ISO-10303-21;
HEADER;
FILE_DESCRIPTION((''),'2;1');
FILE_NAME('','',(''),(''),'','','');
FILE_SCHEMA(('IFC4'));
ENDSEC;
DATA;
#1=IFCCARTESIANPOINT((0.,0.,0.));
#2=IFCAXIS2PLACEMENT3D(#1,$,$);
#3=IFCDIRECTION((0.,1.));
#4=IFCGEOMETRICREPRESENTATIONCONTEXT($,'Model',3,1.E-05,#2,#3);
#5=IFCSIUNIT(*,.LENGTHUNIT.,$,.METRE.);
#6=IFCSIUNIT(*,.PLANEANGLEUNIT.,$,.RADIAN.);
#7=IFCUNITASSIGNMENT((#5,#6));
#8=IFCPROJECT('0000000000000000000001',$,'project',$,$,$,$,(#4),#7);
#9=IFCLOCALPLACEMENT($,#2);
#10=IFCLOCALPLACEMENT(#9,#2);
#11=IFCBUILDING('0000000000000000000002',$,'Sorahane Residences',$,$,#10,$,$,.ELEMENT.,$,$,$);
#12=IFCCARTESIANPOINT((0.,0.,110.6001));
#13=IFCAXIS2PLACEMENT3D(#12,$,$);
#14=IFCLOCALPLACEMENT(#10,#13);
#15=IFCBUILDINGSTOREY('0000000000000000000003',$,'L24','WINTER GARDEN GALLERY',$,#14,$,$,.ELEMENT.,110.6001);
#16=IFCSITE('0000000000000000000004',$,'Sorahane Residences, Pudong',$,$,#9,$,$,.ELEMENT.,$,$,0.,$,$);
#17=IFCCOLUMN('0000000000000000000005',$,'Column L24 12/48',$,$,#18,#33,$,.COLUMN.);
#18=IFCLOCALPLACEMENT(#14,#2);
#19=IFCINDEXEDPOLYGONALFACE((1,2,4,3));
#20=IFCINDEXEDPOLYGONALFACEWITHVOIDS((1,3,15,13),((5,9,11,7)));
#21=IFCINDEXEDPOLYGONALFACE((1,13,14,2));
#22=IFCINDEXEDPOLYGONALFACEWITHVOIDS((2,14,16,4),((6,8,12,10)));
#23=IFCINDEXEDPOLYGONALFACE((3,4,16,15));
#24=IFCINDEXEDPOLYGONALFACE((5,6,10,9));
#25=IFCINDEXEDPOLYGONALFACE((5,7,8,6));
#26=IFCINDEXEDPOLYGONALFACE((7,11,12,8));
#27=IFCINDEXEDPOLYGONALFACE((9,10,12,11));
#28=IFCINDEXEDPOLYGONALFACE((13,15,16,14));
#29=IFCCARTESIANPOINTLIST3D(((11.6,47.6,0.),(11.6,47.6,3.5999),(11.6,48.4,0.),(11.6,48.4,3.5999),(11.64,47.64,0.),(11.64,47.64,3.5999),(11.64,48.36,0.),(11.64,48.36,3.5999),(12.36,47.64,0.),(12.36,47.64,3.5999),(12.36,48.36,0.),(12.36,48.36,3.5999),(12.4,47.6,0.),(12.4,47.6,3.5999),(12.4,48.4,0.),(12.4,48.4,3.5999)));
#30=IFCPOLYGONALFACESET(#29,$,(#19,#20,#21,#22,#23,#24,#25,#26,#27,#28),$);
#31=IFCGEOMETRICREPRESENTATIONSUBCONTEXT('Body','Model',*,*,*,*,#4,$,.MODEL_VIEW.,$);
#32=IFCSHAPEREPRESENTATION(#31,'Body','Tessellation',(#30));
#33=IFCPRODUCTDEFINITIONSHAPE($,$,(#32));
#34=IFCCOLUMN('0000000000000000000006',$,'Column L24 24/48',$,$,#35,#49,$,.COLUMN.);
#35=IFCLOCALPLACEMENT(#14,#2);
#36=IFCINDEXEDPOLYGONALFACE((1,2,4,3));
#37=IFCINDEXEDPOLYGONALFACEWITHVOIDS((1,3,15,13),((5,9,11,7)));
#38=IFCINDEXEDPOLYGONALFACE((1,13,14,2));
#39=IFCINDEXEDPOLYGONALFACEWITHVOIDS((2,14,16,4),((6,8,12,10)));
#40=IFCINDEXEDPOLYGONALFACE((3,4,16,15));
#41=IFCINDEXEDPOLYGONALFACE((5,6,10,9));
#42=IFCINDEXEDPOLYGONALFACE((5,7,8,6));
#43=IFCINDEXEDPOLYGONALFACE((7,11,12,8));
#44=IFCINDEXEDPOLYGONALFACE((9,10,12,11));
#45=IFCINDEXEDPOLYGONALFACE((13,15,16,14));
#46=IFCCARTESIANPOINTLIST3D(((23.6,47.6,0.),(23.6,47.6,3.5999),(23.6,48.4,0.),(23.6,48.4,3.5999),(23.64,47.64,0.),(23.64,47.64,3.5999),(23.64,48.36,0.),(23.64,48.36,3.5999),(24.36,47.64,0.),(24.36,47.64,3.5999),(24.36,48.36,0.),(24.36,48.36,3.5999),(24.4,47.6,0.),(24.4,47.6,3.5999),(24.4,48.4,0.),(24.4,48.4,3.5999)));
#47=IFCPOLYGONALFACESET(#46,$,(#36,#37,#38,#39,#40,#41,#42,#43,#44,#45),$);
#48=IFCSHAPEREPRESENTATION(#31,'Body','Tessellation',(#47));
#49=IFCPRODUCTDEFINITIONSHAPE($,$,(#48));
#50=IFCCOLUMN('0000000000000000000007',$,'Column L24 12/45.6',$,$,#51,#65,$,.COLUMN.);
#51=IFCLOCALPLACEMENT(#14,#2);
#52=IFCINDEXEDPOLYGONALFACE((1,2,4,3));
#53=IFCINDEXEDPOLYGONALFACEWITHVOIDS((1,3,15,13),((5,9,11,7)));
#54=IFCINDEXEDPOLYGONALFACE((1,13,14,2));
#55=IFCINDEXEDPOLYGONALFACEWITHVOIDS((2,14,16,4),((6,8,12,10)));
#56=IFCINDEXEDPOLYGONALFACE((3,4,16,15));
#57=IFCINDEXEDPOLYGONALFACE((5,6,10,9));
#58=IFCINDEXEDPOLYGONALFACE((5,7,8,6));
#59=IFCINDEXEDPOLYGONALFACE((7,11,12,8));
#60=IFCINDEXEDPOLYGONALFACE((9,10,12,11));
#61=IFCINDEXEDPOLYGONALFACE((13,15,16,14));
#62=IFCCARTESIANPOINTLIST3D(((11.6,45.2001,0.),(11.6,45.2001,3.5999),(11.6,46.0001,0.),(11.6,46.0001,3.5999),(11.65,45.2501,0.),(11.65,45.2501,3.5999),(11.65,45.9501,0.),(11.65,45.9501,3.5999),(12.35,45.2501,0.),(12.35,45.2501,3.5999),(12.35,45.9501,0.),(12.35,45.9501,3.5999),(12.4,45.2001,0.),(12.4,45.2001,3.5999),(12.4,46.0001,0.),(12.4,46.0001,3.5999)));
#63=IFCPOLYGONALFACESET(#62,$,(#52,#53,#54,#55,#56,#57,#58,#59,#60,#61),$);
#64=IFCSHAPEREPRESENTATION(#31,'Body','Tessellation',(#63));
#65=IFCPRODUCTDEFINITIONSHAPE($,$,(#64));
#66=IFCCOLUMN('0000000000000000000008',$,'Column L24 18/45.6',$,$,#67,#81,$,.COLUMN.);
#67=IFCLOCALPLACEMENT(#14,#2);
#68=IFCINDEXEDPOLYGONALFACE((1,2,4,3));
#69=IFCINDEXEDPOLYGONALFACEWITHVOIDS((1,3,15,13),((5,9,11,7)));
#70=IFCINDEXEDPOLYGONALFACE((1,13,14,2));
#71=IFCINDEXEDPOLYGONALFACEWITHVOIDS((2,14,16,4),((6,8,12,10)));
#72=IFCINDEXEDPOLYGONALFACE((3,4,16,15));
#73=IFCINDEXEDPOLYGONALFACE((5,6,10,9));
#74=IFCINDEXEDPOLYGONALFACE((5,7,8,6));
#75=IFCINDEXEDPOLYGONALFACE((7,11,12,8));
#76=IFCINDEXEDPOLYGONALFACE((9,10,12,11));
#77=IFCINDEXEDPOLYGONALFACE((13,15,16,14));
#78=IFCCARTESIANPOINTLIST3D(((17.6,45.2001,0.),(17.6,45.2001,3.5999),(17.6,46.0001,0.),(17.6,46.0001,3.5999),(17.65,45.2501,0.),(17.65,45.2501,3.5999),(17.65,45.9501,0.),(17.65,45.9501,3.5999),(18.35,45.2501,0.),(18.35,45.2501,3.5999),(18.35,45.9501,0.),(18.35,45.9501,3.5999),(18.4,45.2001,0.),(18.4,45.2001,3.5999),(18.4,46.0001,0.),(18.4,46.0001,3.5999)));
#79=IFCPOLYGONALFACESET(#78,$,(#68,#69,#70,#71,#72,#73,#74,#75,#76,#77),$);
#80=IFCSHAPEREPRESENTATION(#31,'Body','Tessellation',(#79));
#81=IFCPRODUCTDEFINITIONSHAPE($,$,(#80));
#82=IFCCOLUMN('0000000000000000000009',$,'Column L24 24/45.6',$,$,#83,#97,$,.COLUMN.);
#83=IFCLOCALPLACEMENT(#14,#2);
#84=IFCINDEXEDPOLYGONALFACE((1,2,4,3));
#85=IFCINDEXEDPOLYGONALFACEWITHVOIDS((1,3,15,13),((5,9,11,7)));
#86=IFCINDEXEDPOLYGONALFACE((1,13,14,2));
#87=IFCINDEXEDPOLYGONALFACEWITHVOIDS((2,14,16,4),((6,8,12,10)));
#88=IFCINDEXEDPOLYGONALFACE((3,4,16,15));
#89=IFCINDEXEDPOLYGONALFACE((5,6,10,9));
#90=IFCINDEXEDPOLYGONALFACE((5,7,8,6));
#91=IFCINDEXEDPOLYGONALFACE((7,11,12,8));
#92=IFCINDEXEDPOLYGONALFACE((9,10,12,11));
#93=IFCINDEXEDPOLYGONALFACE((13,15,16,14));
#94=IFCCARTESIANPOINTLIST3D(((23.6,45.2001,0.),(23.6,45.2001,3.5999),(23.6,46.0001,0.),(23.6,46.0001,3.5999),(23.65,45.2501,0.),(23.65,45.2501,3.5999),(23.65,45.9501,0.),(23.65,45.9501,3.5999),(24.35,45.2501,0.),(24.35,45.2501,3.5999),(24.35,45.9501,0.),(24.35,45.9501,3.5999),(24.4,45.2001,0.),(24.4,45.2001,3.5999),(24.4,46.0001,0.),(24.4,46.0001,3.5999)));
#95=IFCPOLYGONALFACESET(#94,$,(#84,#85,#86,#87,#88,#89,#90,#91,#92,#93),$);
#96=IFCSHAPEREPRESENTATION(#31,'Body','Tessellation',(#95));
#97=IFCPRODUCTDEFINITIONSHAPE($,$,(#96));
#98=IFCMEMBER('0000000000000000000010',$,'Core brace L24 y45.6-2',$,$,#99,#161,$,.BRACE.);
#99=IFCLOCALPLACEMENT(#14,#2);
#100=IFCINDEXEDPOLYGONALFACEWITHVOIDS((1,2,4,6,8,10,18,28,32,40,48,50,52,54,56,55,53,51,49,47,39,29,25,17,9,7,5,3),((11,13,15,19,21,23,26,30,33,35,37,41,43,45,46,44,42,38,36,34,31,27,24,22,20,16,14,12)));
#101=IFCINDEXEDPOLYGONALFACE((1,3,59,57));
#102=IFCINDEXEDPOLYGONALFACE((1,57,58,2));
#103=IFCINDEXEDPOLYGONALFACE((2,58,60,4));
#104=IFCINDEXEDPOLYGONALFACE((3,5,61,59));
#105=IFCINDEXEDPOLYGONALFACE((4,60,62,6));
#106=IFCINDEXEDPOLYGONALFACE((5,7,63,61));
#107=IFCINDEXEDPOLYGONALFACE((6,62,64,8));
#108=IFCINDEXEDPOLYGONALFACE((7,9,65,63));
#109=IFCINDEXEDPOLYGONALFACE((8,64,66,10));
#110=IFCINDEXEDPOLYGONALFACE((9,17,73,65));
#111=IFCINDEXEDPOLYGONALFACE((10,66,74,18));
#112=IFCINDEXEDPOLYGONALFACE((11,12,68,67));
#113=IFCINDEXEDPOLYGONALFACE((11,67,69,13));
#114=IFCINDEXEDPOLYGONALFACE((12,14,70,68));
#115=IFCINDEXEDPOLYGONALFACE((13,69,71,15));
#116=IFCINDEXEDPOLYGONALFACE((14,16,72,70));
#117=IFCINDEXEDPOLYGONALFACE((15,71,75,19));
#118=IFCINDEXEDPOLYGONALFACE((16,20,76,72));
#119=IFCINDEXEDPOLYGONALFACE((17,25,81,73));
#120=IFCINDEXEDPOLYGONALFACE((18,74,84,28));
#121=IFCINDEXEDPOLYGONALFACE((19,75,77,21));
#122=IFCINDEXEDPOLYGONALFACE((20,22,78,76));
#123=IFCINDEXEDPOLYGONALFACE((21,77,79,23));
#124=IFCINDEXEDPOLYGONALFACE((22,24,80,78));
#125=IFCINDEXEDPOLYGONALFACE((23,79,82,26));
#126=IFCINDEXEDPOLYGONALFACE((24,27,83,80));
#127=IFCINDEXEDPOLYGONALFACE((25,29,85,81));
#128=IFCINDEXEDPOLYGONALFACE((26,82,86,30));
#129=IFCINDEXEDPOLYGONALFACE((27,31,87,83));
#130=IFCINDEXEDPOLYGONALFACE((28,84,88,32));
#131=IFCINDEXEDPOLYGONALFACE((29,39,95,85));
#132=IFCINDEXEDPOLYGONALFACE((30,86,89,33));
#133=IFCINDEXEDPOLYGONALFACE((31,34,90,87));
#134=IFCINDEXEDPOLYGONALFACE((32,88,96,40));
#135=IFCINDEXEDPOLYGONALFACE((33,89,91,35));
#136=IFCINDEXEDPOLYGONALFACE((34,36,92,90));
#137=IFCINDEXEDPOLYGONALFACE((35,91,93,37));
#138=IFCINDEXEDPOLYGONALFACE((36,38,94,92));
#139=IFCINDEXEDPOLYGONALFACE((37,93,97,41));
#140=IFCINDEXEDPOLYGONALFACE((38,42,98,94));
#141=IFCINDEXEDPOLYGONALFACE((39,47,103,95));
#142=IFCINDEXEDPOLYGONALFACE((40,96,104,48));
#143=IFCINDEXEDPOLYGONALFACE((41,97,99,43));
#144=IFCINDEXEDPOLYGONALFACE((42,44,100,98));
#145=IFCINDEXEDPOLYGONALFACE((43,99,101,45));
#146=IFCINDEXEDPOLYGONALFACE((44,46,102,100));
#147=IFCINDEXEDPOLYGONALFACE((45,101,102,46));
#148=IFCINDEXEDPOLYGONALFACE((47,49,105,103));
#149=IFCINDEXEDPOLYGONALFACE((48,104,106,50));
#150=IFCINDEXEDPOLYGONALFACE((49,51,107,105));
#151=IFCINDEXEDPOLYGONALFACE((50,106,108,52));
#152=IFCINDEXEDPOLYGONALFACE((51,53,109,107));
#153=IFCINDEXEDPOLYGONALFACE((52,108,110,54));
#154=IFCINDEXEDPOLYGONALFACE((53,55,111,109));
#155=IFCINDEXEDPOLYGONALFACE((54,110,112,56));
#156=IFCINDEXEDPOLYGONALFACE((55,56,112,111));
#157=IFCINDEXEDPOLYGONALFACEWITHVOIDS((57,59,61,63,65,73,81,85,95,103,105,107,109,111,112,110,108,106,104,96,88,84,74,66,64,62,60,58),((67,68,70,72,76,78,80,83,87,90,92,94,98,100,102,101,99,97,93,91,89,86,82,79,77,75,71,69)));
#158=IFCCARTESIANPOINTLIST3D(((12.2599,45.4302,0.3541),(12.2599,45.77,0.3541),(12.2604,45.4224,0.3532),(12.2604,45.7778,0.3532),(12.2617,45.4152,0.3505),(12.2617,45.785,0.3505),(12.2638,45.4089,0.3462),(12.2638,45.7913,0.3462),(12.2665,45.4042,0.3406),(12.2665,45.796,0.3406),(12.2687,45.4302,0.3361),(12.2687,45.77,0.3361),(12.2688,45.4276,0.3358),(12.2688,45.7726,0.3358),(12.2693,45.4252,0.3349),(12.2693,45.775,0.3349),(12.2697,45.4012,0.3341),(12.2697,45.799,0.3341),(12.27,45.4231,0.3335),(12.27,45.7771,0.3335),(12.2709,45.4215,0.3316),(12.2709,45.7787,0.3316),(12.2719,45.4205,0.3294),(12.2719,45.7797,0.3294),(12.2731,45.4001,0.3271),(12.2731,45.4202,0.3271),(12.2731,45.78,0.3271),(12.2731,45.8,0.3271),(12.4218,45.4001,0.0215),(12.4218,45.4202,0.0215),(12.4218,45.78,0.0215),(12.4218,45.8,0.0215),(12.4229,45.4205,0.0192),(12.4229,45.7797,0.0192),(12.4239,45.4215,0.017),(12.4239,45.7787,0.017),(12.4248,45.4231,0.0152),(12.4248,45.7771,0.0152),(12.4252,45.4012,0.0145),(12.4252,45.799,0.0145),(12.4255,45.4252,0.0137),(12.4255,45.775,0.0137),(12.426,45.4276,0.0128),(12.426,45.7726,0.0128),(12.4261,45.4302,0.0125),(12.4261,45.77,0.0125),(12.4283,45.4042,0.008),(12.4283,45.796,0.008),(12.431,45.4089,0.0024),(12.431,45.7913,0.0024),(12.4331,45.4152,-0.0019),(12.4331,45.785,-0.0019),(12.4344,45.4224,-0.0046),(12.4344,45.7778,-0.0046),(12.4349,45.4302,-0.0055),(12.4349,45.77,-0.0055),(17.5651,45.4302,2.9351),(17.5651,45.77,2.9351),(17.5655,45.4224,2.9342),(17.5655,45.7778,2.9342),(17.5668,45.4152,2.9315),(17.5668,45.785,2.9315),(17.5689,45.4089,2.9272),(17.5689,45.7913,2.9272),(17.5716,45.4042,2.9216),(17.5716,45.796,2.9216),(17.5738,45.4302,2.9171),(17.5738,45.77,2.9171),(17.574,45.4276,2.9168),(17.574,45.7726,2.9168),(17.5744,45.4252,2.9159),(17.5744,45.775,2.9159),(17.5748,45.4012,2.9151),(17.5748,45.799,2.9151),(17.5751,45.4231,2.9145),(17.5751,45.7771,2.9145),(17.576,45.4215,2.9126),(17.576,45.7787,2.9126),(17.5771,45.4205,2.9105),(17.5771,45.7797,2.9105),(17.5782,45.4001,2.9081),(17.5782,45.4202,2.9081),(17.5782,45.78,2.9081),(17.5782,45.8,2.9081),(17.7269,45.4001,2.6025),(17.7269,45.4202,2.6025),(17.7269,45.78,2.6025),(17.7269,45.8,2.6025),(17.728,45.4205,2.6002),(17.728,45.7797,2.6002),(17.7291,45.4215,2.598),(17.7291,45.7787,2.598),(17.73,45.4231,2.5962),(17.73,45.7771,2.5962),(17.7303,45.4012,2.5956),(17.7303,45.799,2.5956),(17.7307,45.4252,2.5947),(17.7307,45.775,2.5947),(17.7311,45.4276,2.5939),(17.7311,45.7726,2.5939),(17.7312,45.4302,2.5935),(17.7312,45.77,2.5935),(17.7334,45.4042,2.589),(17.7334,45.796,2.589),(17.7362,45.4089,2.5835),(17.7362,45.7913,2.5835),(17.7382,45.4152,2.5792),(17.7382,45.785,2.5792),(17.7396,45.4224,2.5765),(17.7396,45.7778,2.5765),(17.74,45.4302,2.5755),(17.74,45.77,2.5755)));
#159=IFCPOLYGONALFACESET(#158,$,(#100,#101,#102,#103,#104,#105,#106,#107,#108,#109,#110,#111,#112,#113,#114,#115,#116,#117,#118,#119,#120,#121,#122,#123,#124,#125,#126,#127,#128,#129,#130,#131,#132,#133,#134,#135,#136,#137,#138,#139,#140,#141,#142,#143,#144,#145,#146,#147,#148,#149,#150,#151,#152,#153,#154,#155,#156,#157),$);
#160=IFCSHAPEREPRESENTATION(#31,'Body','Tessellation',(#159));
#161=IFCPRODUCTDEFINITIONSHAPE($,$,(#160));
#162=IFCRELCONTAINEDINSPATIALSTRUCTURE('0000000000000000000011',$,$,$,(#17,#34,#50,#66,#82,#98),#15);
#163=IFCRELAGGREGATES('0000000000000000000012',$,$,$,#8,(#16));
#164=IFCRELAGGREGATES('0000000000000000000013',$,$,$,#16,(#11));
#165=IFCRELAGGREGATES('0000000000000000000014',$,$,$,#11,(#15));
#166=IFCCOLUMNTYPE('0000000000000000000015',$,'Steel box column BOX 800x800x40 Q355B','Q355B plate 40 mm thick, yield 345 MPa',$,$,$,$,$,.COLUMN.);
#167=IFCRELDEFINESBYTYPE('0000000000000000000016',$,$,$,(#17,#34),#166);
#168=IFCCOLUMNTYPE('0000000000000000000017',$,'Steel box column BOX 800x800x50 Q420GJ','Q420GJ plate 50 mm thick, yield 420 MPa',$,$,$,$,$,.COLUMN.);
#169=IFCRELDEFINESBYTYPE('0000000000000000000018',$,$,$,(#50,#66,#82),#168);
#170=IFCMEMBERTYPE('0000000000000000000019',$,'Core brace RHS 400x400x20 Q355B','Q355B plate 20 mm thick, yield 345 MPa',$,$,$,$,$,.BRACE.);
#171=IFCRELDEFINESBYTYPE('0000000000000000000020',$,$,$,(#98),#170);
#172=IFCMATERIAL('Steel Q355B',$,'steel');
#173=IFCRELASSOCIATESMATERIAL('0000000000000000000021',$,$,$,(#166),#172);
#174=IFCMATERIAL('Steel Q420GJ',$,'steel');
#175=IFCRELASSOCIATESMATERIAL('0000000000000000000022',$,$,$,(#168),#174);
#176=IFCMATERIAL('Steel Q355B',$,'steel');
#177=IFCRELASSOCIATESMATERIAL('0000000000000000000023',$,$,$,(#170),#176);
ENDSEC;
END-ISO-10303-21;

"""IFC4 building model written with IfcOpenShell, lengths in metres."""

from ifc_helpers import new_model, si_unit, direction, frame, origin, origin_2d, place, context, subcontext, project, spatial, hollow_rectangle, extrude, material, material_profile, profile_set, type_object, element, save


model = new_model("IFC4")

# Units and contexts
model_context = context("Model", 3, precision=1e-05, world=origin(), true_north=direction((0.0, 1.0)))
body_context = subcontext(model_context, "Body", "Model", "MODEL_VIEW")
ifc_project = project(units=[si_unit("LENGTHUNIT", "METRE"), si_unit("PLANEANGLEUNIT", "RADIAN")], contexts=[model_context])

# Site, building, storey
site_placement = place(None, origin())
site = spatial("IfcSite", under=ifc_project, at=site_placement, Name="Sorahane Residences, Pudong", CompositionType="ELEMENT", RefElevation=0.0)
building_placement = place(site_placement, origin())
building = spatial("IfcBuilding", under=site, at=building_placement, Name="Sorahane Residences", CompositionType="ELEMENT")
storey_placement = place(building_placement, frame((0.0, 0.0, 110.6001)))
storey = spatial("IfcBuildingStorey", under=building, at=storey_placement, Name="L24", Description="WINTER GARDEN GALLERY", CompositionType="ELEMENT", Elevation=110.6001)

# Columns
ifc_material_1 = material(Name="Steel Q355B", Category="steel")
ifc_material_profile_1 = material_profile(ifc_material_1, hollow_rectangle(XDim=0.8, YDim=0.8, WallThickness=0.04, at=origin_2d()), Name="BOX 800x800x40")
ifc_profile_set_1 = profile_set([ifc_material_profile_1], Name="Steel Q355B")
column_type_1 = type_object("IfcColumnType", Name="Steel box column BOX 800x800x40 Q355B", Description="Q355B plate 40 mm thick, yield 345 MPa", PredefinedType="COLUMN", material=ifc_profile_set_1)
for number, where, z_axis, x_axis, name in (
    (1, (12.0, 48.0, 0.0), (0.0, 0.0, 1.0), (1.0, 0.0, 0.0), "Column L24 12/48"),
    (2, (24.0, 48.0, 0.0), (0.0, 0.0, 1.0), (1.0, 0.0, 0.0), "Column L24 24/48"),
):
    element("IfcColumn", number, at=place(storey_placement, frame(where, z_axis=z_axis, x_axis=x_axis)), inside=storey, type_object=column_type_1, Name=name, PredefinedType="COLUMN", context=body_context, shape_type="SweptSolid", body=[
        extrude(hollow_rectangle(XDim=0.8, YDim=0.8, WallThickness=0.04, at=origin_2d()), origin(), (0.0, 0.0, 1.0), 3.5999),
    ])
ifc_material_2 = material(Name="Steel Q420GJ", Category="steel")
ifc_material_profile_2 = material_profile(ifc_material_2, hollow_rectangle(XDim=0.8, YDim=0.8, WallThickness=0.05, at=origin_2d()), Name="BOX 800x800x50")
ifc_profile_set_2 = profile_set([ifc_material_profile_2], Name="Steel Q420GJ")
column_type_2 = type_object("IfcColumnType", Name="Steel box column BOX 800x800x50 Q420GJ", Description="Q420GJ plate 50 mm thick, yield 420 MPa", PredefinedType="COLUMN", material=ifc_profile_set_2)
for number, where, z_axis, x_axis, name in (
    (3, (12.0, 45.6001, 0.0), (0.0, 0.0, 1.0), (1.0, 0.0, 0.0), "Column L24 12/45.6"),
    (4, (18.0, 45.6001, 0.0), (0.0, 0.0, 1.0), (1.0, 0.0, 0.0), "Column L24 18/45.6"),
    (5, (24.0, 45.6001, 0.0), (0.0, 0.0, 1.0), (1.0, 0.0, 0.0), "Column L24 24/45.6"),
):
    element("IfcColumn", number, at=place(storey_placement, frame(where, z_axis=z_axis, x_axis=x_axis)), inside=storey, type_object=column_type_2, Name=name, PredefinedType="COLUMN", context=body_context, shape_type="SweptSolid", body=[
        extrude(hollow_rectangle(XDim=0.8, YDim=0.8, WallThickness=0.05, at=origin_2d()), origin(), (0.0, 0.0, 1.0), 3.5999),
    ])

# Member
ifc_material_3 = material(Name="Steel Q355B", Category="steel")
ifc_material_profile_3 = material_profile(ifc_material_3, hollow_rectangle(XDim=0.3999, YDim=0.3999, WallThickness=0.02, InnerFilletRadius=0.01, OuterFilletRadius=0.03, at=origin_2d()), Name="RHS 400x400x20")
ifc_profile_set_3 = profile_set([ifc_material_profile_3], Name="Steel Q355B")
member_type_1 = type_object("IfcMemberType", Name="Core brace RHS 400x400x20 Q355B", Description="Q355B plate 20 mm thick, yield 345 MPa", PredefinedType="BRACE", material=ifc_profile_set_3)
for number, where, z_axis, x_axis, name in (
    (6, (12.3474, 45.6001, 0.1743), (0.899225, 0.0, 0.437487), (0.0, 1.0, 0.0), "Core brace L24 y45.6-2"),
):
    element("IfcMember", number, at=place(storey_placement, frame(where, z_axis=z_axis, x_axis=x_axis)), inside=storey, type_object=member_type_1, Name=name, PredefinedType="BRACE", context=body_context, shape_type="SweptSolid", body=[
        extrude(hollow_rectangle(XDim=0.3999, YDim=0.3999, WallThickness=0.02, InnerFilletRadius=0.01, OuterFilletRadius=0.03, at=origin_2d()), origin(), (0.0, 0.0, 1.0), 5.8997),
    ])

save(model, "model.ifc")
